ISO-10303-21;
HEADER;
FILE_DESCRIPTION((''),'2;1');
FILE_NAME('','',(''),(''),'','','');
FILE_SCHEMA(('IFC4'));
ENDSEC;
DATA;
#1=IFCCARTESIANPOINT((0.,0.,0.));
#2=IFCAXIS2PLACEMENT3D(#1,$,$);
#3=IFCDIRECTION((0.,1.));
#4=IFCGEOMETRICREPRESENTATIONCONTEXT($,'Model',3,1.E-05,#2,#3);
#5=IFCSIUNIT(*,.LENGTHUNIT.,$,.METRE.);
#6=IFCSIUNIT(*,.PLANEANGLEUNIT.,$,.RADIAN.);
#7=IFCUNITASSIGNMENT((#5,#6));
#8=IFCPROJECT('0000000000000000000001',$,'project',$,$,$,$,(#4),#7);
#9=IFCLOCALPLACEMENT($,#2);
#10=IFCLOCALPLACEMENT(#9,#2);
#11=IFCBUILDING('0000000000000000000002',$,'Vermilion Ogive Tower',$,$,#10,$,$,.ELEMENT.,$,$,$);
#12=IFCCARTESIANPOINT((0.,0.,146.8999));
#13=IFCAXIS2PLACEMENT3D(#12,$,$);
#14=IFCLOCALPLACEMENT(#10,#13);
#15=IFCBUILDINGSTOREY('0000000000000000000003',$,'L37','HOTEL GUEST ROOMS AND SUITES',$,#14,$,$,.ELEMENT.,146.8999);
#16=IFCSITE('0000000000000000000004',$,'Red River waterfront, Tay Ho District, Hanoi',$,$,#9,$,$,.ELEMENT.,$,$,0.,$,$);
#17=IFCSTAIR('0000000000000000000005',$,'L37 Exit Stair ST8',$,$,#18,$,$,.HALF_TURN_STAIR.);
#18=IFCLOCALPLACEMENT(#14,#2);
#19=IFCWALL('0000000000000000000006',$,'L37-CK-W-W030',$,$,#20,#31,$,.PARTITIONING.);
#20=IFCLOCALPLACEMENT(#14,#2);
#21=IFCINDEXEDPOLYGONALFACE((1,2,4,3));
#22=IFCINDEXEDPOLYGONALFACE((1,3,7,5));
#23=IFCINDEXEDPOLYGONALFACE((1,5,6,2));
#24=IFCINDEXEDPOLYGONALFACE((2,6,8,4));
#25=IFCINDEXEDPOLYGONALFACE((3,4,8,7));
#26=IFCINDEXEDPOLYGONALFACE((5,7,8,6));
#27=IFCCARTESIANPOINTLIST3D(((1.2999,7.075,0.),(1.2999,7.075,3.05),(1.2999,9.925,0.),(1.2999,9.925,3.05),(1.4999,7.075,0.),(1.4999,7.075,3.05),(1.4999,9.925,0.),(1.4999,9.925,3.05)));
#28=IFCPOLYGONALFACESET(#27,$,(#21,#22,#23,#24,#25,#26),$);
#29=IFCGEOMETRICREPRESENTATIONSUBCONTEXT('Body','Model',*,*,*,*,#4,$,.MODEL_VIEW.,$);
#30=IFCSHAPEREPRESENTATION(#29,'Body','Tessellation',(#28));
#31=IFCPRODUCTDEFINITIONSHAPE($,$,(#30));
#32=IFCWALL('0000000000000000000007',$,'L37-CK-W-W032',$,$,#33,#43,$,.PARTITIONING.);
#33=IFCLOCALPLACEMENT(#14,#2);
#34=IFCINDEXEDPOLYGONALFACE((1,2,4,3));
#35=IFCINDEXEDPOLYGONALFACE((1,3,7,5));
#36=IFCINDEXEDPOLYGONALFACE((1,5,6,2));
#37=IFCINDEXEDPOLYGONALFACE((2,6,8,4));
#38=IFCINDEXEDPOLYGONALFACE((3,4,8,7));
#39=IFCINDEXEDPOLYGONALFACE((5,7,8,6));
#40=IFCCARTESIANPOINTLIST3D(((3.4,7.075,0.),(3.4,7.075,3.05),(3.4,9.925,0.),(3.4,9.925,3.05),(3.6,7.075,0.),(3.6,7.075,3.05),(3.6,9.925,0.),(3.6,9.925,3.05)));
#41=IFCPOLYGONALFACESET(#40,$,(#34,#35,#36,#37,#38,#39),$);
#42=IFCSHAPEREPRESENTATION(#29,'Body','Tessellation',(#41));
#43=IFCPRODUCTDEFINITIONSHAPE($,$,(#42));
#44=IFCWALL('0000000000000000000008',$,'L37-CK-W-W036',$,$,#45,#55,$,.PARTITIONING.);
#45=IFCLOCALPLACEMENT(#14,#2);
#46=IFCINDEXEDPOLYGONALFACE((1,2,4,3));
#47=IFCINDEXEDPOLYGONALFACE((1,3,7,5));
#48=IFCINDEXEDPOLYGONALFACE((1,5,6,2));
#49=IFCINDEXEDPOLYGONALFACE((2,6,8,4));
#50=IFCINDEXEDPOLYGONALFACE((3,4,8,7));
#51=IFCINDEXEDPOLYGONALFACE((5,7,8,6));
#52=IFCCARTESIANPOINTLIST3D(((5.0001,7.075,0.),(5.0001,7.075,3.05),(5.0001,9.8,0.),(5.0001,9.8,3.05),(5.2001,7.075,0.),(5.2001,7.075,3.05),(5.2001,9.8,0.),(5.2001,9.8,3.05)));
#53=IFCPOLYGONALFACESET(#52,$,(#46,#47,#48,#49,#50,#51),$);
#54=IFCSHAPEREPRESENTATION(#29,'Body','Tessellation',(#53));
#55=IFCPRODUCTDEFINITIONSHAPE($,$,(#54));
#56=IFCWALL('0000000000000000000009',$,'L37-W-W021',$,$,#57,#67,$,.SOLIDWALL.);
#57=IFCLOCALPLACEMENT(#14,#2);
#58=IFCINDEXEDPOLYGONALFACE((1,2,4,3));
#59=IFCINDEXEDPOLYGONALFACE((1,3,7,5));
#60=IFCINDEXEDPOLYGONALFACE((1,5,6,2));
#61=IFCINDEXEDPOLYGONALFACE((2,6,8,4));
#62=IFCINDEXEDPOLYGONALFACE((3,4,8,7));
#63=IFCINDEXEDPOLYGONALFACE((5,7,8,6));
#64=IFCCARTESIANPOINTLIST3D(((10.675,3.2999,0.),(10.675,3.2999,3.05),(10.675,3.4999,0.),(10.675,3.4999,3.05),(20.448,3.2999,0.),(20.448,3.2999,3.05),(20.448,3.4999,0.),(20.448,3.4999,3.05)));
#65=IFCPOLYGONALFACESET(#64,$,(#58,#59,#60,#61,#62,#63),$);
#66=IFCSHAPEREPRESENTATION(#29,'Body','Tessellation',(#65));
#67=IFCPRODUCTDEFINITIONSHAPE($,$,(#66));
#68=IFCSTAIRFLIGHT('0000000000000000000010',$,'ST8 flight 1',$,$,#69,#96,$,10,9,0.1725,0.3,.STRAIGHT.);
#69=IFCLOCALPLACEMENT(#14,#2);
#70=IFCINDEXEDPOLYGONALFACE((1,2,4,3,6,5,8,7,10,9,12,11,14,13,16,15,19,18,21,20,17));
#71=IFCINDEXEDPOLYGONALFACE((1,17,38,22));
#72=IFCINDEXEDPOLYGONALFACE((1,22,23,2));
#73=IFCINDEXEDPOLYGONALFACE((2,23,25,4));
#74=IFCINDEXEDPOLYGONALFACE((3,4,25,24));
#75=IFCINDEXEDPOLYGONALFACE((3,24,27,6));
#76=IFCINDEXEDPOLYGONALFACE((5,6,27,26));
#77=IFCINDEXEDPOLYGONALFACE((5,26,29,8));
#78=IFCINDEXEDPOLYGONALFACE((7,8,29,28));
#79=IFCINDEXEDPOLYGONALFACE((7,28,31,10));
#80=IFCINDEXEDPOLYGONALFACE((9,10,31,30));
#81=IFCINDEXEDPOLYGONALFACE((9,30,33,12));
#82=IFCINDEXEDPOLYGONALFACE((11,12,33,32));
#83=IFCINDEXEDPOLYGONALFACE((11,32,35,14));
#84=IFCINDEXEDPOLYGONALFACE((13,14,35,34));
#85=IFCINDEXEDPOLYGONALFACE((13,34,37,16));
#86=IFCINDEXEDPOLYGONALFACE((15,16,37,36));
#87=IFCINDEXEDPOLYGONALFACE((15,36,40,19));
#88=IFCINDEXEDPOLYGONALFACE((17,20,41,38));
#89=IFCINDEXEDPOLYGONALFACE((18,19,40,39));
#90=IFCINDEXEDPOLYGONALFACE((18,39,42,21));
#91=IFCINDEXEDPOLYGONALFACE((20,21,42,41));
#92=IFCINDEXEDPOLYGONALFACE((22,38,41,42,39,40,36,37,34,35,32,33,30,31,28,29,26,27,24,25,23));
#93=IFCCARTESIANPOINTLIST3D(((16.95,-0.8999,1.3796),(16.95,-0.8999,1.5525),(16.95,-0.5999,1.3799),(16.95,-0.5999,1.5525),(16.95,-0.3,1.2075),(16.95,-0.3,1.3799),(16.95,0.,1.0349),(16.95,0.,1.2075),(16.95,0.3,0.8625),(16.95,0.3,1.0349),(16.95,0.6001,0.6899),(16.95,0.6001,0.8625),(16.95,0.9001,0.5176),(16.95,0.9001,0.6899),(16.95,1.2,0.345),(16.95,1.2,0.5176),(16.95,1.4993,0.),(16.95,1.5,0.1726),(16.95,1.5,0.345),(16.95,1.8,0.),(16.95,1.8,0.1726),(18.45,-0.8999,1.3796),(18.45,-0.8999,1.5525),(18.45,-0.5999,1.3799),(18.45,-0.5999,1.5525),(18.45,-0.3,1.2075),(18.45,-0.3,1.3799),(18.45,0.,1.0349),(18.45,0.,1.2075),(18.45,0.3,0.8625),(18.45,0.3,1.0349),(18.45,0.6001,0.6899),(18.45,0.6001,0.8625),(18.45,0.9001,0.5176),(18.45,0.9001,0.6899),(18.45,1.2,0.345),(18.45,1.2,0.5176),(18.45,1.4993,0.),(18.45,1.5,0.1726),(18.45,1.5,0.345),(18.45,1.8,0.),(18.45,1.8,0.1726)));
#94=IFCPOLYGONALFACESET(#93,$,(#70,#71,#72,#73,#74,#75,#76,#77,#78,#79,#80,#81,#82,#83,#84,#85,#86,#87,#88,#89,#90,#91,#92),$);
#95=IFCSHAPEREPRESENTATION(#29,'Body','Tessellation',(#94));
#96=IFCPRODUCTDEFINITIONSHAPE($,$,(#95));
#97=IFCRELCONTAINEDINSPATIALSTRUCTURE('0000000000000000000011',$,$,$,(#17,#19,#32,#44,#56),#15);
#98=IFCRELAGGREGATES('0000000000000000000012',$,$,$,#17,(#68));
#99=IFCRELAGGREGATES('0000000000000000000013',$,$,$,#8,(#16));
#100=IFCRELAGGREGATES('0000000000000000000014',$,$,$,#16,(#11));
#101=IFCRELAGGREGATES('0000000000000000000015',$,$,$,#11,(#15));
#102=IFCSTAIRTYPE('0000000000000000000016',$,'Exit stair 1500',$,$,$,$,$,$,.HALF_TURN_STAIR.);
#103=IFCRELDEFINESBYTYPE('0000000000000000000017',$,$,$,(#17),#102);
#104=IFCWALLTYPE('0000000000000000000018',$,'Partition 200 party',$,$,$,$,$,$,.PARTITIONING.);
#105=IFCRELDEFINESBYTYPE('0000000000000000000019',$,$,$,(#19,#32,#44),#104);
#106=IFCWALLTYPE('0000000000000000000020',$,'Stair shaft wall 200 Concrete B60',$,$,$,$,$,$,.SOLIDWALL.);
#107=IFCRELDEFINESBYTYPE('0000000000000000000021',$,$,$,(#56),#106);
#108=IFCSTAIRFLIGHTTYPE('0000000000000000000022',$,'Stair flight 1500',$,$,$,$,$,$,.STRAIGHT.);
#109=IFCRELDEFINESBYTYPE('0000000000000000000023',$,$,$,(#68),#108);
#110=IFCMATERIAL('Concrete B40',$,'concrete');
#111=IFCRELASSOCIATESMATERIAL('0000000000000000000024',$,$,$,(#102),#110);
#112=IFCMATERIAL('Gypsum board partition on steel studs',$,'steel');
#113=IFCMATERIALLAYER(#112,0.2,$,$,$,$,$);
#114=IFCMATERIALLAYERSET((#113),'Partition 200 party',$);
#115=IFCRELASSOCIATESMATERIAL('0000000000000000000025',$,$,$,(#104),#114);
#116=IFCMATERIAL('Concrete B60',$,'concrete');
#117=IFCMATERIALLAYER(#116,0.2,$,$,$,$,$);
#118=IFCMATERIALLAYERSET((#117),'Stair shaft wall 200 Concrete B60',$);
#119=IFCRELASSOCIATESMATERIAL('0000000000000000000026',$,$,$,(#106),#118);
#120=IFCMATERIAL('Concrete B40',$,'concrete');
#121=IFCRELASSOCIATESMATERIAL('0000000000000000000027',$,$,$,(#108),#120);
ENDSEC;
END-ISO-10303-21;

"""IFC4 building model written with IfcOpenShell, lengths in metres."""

from ifc_helpers import new_model, si_unit, direction, frame, frame_2d, origin, place, context, subcontext, project, spatial, polyline, rectangle, outline, extrude, material, layer, layer_set, type_object, element, aggregate, save


model = new_model("IFC4")

# Units and contexts
model_context = context("Model", 3, precision=1e-05, world=origin(), true_north=direction((0.0, 1.0)))
body_context = subcontext(model_context, "Body", "Model", "MODEL_VIEW")
ifc_project = project(units=[si_unit("LENGTHUNIT", "METRE"), si_unit("PLANEANGLEUNIT", "RADIAN")], contexts=[model_context])

# Site, building, storey
site_placement = place(None, origin())
site = spatial("IfcSite", under=ifc_project, at=site_placement, Name="Red River waterfront, Tay Ho District, Hanoi", CompositionType="ELEMENT", RefElevation=0.0)
building_placement = place(site_placement, origin())
building = spatial("IfcBuilding", under=site, at=building_placement, Name="Vermilion Ogive Tower", CompositionType="ELEMENT")
storey_placement = place(building_placement, frame((0.0, 0.0, 146.8999)))
storey = spatial("IfcBuildingStorey", under=building, at=storey_placement, Name="L37", Description="HOTEL GUEST ROOMS AND SUITES", CompositionType="ELEMENT", Elevation=146.8999)

# Stair
ifc_material_1 = material(Name="Concrete B40", Category="concrete")
stair_type = type_object("IfcStairType", Name="Exit stair 1500", PredefinedType="HALF_TURN_STAIR", material=ifc_material_1)
stair_1_placement = place(storey_placement, origin())
stair_1 = element("IfcStair", 1, at=stair_1_placement, inside=storey, type_object=stair_type, Name="L37 Exit Stair ST8", PredefinedType="HALF_TURN_STAIR")

# Walls
ifc_material_2 = material(Name="Gypsum board partition on steel studs", Category="steel")
ifc_layer_1 = layer(ifc_material_2, 0.2)
ifc_layer_set_1 = layer_set([ifc_layer_1], Name="Partition 200 party")
wall_type_1 = type_object("IfcWallType", Name="Partition 200 party", PredefinedType="PARTITIONING", material=ifc_layer_set_1)
for number, where, z_axis, x_axis, name in (
    (2, (1.3999, 7.075, 0.0), (0.0, 0.0, 1.0), (0.0, 1.0, 0.0), "L37-CK-W-W030"),
    (3, (3.5, 7.075, 0.0), (0.0, 0.0, 1.0), (0.0, 1.0, 0.0), "L37-CK-W-W032"),
):
    element("IfcWall", number, at=place(storey_placement, frame(where, z_axis=z_axis, x_axis=x_axis)), inside=storey, type_object=wall_type_1, Name=name, PredefinedType="PARTITIONING", context=body_context, shape_type="SweptSolid", body=[
        extrude(rectangle(XDim=2.8501, YDim=0.2, at=frame_2d((1.425, 0.0))), origin(), (0.0, 0.0, 1.0), 3.05),
    ])
wall_1_placement = place(storey_placement, frame((5.1001, 7.075, 0.0), z_axis=(0.0, 0.0, 1.0), x_axis=(0.0, 1.0, 0.0)))
element("IfcWall", 4, at=wall_1_placement, inside=storey, type_object=wall_type_1, Name="L37-CK-W-W036", PredefinedType="PARTITIONING", context=body_context, shape_type="SweptSolid", body=[
    extrude(rectangle(XDim=2.7251, YDim=0.2, at=frame_2d((1.3625, 0.0))), origin(), (0.0, 0.0, 1.0), 3.05),
])
ifc_material_3 = material(Name="Concrete B60", Category="concrete")
ifc_layer_2 = layer(ifc_material_3, 0.2)
ifc_layer_set_2 = layer_set([ifc_layer_2], Name="Stair shaft wall 200 Concrete B60")
wall_type_2 = type_object("IfcWallType", Name="Stair shaft wall 200 Concrete B60", PredefinedType="SOLIDWALL", material=ifc_layer_set_2)
wall_2_placement = place(storey_placement, frame((10.675, 3.3999, 0.0), z_axis=(0.0, 0.0, 1.0), x_axis=(1.0, 0.0, 0.0)))
element("IfcWall", 5, at=wall_2_placement, inside=storey, type_object=wall_type_2, Name="L37-W-W021", PredefinedType="SOLIDWALL", context=body_context, shape_type="SweptSolid", body=[
    extrude(rectangle(XDim=9.7729, YDim=0.2, at=frame_2d((4.8865, 0.0))), origin(), (0.0, 0.0, 1.0), 3.05),
])

# Stair flight
ifc_material_4 = material(Name="Concrete B40", Category="concrete")
stair_flight_type = type_object("IfcStairFlightType", Name="Stair flight 1500", PredefinedType="STRAIGHT", material=ifc_material_4)
stair_flight_placement = place(storey_placement, frame((17.7, 1.8, 0.0), z_axis=(0.0, 0.0, 1.0), x_axis=(0.0, -1.0, 0.0)))
stair_flight = element("IfcStairFlight", 6, at=stair_flight_placement, type_object=stair_flight_type, Name="ST8 flight 1", NumberOfRisers=10, NumberOfTreads=9, PredefinedType="STRAIGHT", RiserHeight=0.1725, TreadLength=0.3, context=body_context, shape_type="SweptSolid", body=[
    extrude(outline(polyline([(0.0, 0.0), (0.0, 0.1726), (0.3, 0.1726), (0.3, 0.345), (0.6001, 0.345), (0.6001, 0.5176), (0.8999, 0.5176), (0.8999, 0.6899), (1.2, 0.6899), (1.2, 0.8625), (1.5, 0.8625), (1.5, 1.0349), (1.8, 1.0349), (1.8, 1.2075), (2.1001, 1.2075), (2.1001, 1.3799), (2.3999, 1.3799), (2.3999, 1.5525), (2.7, 1.5525), (2.7, 1.7251), (2.7, 1.3796), (0.3008, 0.0), (0.0, 0.0)])), frame((0.0, 0.75, 0.0), z_axis=(0.0, -1.0, 0.0), x_axis=(1.0, 0.0, 0.0)), (0.0, 0.0, 1.0), 1.5),
])
aggregate(stair_1, [stair_flight])

save(model, "model.ifc")
